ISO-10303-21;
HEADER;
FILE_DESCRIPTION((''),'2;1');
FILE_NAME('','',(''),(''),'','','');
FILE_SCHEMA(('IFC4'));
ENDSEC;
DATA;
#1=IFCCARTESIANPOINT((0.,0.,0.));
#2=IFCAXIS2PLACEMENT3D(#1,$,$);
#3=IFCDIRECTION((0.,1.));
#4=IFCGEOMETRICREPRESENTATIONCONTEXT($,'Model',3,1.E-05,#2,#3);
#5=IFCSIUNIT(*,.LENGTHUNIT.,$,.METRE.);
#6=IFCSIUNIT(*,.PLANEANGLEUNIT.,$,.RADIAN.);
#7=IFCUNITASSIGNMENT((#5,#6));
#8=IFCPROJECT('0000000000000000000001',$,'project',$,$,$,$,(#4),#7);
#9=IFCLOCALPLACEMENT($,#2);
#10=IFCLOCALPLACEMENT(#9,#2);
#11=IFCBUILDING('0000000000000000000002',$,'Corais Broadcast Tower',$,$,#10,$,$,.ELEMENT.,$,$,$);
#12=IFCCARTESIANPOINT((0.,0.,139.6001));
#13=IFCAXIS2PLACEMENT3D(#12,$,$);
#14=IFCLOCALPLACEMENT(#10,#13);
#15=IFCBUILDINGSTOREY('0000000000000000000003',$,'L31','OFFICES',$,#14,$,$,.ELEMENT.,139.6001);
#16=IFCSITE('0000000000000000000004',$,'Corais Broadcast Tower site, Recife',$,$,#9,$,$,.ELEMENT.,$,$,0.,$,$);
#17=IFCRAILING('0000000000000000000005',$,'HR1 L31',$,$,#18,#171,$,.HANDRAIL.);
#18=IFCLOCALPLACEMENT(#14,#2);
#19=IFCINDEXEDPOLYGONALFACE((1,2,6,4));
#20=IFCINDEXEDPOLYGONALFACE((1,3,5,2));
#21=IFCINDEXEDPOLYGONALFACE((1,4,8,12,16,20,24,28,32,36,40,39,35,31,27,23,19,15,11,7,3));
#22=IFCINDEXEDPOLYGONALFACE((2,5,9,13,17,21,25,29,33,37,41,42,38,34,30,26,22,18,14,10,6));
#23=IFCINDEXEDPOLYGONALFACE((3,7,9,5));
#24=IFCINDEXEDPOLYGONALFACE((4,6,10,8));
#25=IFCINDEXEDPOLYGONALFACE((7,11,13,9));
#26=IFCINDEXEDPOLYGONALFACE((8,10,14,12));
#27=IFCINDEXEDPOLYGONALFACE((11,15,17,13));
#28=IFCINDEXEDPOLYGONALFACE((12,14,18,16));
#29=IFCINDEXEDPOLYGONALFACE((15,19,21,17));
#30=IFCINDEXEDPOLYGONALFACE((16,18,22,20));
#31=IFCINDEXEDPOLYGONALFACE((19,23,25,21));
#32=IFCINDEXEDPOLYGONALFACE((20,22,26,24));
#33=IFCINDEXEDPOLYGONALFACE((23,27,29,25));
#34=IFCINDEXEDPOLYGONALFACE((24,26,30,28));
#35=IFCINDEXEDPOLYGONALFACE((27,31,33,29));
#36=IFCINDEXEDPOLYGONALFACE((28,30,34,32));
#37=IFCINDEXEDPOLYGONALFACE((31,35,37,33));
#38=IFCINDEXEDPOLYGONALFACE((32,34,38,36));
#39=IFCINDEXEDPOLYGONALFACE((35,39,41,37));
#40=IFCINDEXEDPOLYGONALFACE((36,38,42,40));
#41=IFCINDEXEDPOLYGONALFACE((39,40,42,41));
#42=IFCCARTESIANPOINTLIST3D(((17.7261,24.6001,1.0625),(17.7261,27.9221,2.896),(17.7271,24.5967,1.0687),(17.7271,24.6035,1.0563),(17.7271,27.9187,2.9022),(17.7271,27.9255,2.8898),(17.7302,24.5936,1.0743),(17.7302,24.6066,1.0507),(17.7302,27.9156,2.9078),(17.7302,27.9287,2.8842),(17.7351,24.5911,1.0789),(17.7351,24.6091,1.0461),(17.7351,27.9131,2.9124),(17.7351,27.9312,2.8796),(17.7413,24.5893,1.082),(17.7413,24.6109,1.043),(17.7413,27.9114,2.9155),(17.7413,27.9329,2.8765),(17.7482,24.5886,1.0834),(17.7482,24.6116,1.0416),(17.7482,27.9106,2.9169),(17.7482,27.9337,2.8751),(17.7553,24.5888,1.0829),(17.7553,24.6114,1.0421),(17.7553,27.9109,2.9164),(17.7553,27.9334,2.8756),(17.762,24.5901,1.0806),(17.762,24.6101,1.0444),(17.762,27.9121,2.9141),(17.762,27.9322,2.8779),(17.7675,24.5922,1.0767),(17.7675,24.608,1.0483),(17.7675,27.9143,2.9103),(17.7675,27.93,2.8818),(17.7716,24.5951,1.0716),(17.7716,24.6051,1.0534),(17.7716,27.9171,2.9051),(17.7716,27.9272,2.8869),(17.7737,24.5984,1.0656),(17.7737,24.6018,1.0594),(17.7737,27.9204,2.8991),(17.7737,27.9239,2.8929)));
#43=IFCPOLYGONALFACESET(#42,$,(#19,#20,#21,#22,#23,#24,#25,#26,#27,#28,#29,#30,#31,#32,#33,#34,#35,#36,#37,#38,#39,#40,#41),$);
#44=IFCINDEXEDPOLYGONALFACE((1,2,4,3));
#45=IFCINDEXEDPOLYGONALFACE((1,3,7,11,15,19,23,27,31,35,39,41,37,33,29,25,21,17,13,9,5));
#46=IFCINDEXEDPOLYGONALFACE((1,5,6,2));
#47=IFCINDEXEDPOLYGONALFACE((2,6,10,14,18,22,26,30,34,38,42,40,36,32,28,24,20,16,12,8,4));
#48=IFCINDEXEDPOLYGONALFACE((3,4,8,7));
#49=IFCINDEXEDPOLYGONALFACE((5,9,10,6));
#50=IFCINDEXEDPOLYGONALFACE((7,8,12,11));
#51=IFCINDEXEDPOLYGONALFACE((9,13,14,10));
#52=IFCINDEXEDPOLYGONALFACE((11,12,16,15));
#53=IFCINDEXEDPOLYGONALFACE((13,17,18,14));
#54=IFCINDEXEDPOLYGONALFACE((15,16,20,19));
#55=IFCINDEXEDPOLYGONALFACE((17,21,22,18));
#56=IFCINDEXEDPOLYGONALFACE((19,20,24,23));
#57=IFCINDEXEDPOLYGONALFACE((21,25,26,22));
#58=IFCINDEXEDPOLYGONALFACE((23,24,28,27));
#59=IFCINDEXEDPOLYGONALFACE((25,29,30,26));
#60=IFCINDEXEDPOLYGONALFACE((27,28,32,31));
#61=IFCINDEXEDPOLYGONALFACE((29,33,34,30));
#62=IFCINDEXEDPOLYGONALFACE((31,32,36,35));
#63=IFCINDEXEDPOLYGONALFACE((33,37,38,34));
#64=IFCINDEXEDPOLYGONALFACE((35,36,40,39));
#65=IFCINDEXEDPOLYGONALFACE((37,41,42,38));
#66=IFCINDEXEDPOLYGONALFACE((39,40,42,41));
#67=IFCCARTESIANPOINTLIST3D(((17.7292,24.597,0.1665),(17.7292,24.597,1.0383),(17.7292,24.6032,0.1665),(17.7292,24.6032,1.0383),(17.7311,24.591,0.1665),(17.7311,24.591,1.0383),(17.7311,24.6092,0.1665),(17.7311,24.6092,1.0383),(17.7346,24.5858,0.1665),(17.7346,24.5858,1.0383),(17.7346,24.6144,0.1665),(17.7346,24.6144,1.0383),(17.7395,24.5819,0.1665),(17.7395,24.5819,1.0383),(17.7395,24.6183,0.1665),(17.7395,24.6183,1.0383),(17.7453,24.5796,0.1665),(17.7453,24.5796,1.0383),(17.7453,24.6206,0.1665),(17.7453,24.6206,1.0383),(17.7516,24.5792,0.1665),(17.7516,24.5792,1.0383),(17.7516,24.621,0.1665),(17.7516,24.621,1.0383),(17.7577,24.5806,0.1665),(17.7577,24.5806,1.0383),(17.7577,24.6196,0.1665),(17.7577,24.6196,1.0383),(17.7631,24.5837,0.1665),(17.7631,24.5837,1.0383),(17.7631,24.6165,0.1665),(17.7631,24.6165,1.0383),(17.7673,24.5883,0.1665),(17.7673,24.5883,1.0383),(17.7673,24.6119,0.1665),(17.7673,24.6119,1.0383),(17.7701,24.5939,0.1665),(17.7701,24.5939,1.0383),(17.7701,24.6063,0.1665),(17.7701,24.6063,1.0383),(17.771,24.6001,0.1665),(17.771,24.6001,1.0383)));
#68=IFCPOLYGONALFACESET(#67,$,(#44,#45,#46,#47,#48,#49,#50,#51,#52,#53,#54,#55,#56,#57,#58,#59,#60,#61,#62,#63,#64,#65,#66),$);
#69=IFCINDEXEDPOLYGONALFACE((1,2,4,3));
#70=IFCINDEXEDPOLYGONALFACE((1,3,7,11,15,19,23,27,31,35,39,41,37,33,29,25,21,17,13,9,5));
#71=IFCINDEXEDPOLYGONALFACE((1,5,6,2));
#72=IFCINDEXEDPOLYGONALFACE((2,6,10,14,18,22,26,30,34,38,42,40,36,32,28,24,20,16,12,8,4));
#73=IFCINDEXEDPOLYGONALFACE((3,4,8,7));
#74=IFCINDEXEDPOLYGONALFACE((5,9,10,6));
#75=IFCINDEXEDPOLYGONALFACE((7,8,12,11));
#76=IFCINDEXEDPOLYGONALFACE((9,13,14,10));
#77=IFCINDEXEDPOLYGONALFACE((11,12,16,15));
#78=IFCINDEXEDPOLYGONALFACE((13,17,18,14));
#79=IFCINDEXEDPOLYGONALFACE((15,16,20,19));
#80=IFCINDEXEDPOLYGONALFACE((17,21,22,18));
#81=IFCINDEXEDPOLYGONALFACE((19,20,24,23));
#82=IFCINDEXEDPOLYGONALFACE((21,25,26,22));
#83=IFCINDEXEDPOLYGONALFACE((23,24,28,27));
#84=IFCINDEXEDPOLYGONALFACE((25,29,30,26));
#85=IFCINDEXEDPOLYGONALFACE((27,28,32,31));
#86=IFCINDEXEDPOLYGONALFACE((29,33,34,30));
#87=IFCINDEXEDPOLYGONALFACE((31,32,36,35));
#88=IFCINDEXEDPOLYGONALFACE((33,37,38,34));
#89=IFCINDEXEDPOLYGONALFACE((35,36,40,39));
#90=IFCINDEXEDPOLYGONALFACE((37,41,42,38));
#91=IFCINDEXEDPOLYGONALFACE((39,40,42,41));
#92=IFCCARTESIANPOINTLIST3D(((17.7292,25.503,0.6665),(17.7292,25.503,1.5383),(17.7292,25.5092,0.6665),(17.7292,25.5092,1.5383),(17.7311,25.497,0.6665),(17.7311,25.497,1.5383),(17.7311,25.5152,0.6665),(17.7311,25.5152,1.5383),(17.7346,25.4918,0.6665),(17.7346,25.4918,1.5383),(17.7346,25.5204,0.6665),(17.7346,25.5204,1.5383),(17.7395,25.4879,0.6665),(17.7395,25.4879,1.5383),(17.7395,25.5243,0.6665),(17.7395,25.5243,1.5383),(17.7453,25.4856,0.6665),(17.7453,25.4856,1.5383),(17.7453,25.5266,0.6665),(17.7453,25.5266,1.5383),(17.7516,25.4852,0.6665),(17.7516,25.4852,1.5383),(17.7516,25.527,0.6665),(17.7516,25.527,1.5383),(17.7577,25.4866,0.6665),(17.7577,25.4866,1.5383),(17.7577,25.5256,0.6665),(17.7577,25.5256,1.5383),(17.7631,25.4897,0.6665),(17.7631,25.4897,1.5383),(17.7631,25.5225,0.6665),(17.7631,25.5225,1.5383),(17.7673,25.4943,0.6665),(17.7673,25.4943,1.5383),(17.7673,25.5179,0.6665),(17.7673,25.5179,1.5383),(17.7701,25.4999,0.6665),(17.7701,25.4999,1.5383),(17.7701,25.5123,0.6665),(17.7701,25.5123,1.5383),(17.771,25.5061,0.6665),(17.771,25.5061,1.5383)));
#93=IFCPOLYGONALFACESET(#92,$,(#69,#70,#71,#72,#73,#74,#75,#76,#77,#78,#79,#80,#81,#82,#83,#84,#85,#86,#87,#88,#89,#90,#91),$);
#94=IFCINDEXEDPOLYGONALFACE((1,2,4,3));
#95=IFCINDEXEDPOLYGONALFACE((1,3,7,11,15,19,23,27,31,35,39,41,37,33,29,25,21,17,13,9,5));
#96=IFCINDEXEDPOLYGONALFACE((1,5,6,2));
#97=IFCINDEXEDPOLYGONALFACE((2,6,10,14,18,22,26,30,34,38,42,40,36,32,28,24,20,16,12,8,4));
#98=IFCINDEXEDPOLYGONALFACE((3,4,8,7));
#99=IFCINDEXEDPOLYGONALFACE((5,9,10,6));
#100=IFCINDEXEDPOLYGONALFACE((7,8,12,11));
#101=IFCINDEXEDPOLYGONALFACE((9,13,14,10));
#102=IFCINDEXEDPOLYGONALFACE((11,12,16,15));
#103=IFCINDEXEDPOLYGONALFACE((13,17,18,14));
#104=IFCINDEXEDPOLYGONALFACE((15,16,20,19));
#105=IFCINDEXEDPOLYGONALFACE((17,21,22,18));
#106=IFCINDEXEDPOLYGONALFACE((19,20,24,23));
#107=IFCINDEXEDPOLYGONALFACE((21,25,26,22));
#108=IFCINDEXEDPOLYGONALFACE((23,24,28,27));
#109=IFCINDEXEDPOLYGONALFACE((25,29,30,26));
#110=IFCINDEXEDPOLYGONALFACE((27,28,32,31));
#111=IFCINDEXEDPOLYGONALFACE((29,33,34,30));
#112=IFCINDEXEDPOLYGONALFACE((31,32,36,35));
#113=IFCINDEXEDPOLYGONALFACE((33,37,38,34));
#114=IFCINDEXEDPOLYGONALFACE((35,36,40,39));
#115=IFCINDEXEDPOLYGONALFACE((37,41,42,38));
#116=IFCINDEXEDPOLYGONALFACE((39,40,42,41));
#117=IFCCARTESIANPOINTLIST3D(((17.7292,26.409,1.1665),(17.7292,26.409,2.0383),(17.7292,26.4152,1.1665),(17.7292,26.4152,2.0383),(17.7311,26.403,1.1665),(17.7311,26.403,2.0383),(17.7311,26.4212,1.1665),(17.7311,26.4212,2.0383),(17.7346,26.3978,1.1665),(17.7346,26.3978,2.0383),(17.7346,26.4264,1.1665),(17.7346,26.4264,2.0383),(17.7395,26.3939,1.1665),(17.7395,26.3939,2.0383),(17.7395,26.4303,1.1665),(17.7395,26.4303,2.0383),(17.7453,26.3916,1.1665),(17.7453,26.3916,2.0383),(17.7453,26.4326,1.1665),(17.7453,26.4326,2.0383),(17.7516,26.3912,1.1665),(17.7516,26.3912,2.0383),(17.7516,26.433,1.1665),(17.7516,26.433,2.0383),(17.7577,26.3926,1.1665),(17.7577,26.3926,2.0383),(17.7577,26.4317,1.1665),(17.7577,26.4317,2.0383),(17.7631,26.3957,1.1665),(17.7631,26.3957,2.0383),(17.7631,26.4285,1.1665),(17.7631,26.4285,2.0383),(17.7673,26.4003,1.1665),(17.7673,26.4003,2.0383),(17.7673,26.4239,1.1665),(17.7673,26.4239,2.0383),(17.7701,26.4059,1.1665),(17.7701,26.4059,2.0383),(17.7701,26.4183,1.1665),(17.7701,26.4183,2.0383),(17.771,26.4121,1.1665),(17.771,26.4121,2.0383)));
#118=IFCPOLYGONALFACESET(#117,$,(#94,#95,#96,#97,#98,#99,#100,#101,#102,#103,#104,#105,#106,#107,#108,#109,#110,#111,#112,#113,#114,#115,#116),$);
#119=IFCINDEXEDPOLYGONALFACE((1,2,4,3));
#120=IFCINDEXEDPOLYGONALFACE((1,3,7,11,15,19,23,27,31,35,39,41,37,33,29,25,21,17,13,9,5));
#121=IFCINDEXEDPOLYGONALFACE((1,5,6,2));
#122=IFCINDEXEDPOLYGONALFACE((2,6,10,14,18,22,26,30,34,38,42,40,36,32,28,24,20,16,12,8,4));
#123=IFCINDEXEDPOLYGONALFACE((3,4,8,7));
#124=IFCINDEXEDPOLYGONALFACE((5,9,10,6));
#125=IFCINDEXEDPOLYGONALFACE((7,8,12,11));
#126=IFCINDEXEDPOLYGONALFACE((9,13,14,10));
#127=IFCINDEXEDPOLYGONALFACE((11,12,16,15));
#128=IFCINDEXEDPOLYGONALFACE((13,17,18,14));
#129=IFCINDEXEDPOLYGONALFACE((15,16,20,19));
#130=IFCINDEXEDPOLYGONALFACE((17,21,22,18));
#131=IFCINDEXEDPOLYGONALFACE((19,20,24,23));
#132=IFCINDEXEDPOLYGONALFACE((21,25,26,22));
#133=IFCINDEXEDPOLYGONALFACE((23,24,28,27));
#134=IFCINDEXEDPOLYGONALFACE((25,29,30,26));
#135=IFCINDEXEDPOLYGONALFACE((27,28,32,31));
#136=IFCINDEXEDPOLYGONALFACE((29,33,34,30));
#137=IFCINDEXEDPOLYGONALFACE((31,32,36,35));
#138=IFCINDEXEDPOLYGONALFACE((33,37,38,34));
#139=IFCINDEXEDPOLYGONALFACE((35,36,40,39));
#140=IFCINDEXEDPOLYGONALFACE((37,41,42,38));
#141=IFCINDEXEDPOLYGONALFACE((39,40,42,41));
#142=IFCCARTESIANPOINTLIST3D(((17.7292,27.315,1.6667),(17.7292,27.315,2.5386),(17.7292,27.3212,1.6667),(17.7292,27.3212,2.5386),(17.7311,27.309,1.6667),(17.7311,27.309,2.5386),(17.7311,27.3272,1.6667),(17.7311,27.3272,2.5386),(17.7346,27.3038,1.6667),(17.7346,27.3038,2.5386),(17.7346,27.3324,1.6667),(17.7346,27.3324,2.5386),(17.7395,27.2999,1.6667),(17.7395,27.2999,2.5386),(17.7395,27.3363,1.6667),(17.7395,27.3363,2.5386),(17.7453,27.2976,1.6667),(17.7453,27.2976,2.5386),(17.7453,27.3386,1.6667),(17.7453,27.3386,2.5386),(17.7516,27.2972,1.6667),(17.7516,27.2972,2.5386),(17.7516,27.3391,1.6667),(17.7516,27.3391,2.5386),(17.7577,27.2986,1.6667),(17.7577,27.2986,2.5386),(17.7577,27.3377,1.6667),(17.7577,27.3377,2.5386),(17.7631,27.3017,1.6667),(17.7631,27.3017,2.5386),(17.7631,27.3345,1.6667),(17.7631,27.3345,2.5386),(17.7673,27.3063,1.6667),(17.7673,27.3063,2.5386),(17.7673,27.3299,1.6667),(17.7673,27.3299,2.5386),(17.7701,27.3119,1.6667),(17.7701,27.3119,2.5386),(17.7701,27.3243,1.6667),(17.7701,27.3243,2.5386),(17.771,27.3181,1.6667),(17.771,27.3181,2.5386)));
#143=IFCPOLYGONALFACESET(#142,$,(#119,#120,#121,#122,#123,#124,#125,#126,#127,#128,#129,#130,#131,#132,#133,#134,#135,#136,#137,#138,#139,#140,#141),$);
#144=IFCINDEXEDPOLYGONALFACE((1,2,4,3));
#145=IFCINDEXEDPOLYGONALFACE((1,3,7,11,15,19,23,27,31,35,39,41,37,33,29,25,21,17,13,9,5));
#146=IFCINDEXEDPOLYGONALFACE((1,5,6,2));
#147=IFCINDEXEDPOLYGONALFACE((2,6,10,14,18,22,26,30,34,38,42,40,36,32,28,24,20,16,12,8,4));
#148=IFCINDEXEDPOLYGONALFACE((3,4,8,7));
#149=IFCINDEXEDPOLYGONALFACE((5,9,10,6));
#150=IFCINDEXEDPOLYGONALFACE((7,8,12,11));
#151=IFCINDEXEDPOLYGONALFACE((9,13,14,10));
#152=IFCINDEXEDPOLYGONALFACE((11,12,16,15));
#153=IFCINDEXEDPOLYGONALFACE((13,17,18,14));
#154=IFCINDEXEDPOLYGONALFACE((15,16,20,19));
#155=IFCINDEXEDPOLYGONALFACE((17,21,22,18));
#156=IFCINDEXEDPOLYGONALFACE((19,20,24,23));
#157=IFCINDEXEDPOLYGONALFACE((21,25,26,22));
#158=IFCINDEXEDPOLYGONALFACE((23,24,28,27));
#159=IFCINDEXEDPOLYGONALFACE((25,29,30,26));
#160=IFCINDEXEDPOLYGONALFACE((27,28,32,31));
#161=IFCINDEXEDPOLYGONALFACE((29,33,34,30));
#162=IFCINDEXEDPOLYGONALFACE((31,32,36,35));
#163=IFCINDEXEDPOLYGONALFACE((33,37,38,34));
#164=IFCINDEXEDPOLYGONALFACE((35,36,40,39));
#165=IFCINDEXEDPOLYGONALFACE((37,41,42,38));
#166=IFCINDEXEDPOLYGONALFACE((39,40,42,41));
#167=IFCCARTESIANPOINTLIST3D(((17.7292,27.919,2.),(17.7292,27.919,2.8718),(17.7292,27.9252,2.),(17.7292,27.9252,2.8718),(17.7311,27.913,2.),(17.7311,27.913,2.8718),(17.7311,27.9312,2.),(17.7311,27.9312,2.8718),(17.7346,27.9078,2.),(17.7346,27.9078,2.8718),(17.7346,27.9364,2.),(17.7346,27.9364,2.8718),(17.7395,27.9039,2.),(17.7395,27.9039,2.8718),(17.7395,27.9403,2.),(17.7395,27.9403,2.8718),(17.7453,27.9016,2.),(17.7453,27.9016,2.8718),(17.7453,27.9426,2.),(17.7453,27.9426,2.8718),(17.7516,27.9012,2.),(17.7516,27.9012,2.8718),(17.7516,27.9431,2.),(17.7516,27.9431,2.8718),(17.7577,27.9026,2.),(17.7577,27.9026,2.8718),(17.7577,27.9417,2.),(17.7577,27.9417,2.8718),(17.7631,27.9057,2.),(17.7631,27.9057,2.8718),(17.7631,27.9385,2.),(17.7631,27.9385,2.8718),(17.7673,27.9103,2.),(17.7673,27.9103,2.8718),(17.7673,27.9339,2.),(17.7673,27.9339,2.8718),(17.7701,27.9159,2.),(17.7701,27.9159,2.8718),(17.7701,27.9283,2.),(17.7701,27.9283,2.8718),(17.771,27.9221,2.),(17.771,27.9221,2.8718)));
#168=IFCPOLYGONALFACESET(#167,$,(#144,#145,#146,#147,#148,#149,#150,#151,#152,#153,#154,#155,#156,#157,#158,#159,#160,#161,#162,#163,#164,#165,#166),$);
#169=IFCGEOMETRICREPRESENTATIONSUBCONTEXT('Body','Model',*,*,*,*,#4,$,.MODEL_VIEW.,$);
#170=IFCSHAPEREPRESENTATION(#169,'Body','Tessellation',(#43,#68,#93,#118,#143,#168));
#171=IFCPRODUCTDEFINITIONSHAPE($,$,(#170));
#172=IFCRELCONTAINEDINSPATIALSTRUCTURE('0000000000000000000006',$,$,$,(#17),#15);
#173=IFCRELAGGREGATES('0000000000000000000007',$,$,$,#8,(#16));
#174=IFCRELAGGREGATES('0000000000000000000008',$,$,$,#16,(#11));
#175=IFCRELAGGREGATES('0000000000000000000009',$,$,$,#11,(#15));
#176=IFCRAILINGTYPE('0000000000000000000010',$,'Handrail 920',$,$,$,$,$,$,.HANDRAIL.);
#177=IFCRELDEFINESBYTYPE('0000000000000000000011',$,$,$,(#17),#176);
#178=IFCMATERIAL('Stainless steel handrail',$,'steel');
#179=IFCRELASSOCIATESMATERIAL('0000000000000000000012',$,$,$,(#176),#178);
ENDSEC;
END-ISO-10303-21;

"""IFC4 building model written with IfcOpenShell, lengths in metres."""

from ifc_helpers import new_model, si_unit, direction, frame, origin, origin_2d, place, context, subcontext, project, spatial, circle, extrude, material, type_object, element, save


model = new_model("IFC4")

# Units and contexts
model_context = context("Model", 3, precision=1e-05, world=origin(), true_north=direction((0.0, 1.0)))
body_context = subcontext(model_context, "Body", "Model", "MODEL_VIEW")
ifc_project = project(units=[si_unit("LENGTHUNIT", "METRE"), si_unit("PLANEANGLEUNIT", "RADIAN")], contexts=[model_context])

# Site, building, storey
site_placement = place(None, origin())
site = spatial("IfcSite", under=ifc_project, at=site_placement, Name="Corais Broadcast Tower site, Recife", CompositionType="ELEMENT", RefElevation=0.0)
building_placement = place(site_placement, origin())
building = spatial("IfcBuilding", under=site, at=building_placement, Name="Corais Broadcast Tower", CompositionType="ELEMENT")
storey_placement = place(building_placement, frame((0.0, 0.0, 139.6001)))
storey = spatial("IfcBuildingStorey", under=building, at=storey_placement, Name="L31", Description="OFFICES", CompositionType="ELEMENT", Elevation=139.6001)

# Railing
ifc_material_1 = material(Name="Stainless steel handrail", Category="steel")
railing_type = type_object("IfcRailingType", Name="Handrail 920", PredefinedType="HANDRAIL", material=ifc_material_1)
railing_placement = place(storey_placement, frame((17.75, 24.6001, 0.1665)))
element("IfcRailing", 1, at=railing_placement, inside=storey, type_object=railing_type, Name="HR1 L31", PredefinedType="HANDRAIL", context=body_context, shape_type="SweptSolid", body=[
    extrude(circle(Radius=0.0239, at=origin_2d()), frame((0.0, 0.0, 0.896), z_axis=(0.0, 0.875504, 0.48321), x_axis=(-1.0, 0.0, 0.0)), (0.0, 0.0, 1.0), 3.7944),
    extrude(circle(Radius=0.021, at=origin_2d()), origin(), (0.0, 0.0, 1.0), 0.8718),
    extrude(circle(Radius=0.021, at=origin_2d()), frame((0.0, 0.906, 0.5)), (0.0, 0.0, 1.0), 0.8718),
    extrude(circle(Radius=0.021, at=origin_2d()), frame((0.0, 1.812, 1.0)), (0.0, 0.0, 1.0), 0.8718),
    extrude(circle(Radius=0.021, at=origin_2d()), frame((0.0, 2.718, 1.5002)), (0.0, 0.0, 1.0), 0.8718),
    extrude(circle(Radius=0.021, at=origin_2d()), frame((0.0, 3.322, 1.8335)), (0.0, 0.0, 1.0), 0.8718),
])

save(model, "model.ifc")
